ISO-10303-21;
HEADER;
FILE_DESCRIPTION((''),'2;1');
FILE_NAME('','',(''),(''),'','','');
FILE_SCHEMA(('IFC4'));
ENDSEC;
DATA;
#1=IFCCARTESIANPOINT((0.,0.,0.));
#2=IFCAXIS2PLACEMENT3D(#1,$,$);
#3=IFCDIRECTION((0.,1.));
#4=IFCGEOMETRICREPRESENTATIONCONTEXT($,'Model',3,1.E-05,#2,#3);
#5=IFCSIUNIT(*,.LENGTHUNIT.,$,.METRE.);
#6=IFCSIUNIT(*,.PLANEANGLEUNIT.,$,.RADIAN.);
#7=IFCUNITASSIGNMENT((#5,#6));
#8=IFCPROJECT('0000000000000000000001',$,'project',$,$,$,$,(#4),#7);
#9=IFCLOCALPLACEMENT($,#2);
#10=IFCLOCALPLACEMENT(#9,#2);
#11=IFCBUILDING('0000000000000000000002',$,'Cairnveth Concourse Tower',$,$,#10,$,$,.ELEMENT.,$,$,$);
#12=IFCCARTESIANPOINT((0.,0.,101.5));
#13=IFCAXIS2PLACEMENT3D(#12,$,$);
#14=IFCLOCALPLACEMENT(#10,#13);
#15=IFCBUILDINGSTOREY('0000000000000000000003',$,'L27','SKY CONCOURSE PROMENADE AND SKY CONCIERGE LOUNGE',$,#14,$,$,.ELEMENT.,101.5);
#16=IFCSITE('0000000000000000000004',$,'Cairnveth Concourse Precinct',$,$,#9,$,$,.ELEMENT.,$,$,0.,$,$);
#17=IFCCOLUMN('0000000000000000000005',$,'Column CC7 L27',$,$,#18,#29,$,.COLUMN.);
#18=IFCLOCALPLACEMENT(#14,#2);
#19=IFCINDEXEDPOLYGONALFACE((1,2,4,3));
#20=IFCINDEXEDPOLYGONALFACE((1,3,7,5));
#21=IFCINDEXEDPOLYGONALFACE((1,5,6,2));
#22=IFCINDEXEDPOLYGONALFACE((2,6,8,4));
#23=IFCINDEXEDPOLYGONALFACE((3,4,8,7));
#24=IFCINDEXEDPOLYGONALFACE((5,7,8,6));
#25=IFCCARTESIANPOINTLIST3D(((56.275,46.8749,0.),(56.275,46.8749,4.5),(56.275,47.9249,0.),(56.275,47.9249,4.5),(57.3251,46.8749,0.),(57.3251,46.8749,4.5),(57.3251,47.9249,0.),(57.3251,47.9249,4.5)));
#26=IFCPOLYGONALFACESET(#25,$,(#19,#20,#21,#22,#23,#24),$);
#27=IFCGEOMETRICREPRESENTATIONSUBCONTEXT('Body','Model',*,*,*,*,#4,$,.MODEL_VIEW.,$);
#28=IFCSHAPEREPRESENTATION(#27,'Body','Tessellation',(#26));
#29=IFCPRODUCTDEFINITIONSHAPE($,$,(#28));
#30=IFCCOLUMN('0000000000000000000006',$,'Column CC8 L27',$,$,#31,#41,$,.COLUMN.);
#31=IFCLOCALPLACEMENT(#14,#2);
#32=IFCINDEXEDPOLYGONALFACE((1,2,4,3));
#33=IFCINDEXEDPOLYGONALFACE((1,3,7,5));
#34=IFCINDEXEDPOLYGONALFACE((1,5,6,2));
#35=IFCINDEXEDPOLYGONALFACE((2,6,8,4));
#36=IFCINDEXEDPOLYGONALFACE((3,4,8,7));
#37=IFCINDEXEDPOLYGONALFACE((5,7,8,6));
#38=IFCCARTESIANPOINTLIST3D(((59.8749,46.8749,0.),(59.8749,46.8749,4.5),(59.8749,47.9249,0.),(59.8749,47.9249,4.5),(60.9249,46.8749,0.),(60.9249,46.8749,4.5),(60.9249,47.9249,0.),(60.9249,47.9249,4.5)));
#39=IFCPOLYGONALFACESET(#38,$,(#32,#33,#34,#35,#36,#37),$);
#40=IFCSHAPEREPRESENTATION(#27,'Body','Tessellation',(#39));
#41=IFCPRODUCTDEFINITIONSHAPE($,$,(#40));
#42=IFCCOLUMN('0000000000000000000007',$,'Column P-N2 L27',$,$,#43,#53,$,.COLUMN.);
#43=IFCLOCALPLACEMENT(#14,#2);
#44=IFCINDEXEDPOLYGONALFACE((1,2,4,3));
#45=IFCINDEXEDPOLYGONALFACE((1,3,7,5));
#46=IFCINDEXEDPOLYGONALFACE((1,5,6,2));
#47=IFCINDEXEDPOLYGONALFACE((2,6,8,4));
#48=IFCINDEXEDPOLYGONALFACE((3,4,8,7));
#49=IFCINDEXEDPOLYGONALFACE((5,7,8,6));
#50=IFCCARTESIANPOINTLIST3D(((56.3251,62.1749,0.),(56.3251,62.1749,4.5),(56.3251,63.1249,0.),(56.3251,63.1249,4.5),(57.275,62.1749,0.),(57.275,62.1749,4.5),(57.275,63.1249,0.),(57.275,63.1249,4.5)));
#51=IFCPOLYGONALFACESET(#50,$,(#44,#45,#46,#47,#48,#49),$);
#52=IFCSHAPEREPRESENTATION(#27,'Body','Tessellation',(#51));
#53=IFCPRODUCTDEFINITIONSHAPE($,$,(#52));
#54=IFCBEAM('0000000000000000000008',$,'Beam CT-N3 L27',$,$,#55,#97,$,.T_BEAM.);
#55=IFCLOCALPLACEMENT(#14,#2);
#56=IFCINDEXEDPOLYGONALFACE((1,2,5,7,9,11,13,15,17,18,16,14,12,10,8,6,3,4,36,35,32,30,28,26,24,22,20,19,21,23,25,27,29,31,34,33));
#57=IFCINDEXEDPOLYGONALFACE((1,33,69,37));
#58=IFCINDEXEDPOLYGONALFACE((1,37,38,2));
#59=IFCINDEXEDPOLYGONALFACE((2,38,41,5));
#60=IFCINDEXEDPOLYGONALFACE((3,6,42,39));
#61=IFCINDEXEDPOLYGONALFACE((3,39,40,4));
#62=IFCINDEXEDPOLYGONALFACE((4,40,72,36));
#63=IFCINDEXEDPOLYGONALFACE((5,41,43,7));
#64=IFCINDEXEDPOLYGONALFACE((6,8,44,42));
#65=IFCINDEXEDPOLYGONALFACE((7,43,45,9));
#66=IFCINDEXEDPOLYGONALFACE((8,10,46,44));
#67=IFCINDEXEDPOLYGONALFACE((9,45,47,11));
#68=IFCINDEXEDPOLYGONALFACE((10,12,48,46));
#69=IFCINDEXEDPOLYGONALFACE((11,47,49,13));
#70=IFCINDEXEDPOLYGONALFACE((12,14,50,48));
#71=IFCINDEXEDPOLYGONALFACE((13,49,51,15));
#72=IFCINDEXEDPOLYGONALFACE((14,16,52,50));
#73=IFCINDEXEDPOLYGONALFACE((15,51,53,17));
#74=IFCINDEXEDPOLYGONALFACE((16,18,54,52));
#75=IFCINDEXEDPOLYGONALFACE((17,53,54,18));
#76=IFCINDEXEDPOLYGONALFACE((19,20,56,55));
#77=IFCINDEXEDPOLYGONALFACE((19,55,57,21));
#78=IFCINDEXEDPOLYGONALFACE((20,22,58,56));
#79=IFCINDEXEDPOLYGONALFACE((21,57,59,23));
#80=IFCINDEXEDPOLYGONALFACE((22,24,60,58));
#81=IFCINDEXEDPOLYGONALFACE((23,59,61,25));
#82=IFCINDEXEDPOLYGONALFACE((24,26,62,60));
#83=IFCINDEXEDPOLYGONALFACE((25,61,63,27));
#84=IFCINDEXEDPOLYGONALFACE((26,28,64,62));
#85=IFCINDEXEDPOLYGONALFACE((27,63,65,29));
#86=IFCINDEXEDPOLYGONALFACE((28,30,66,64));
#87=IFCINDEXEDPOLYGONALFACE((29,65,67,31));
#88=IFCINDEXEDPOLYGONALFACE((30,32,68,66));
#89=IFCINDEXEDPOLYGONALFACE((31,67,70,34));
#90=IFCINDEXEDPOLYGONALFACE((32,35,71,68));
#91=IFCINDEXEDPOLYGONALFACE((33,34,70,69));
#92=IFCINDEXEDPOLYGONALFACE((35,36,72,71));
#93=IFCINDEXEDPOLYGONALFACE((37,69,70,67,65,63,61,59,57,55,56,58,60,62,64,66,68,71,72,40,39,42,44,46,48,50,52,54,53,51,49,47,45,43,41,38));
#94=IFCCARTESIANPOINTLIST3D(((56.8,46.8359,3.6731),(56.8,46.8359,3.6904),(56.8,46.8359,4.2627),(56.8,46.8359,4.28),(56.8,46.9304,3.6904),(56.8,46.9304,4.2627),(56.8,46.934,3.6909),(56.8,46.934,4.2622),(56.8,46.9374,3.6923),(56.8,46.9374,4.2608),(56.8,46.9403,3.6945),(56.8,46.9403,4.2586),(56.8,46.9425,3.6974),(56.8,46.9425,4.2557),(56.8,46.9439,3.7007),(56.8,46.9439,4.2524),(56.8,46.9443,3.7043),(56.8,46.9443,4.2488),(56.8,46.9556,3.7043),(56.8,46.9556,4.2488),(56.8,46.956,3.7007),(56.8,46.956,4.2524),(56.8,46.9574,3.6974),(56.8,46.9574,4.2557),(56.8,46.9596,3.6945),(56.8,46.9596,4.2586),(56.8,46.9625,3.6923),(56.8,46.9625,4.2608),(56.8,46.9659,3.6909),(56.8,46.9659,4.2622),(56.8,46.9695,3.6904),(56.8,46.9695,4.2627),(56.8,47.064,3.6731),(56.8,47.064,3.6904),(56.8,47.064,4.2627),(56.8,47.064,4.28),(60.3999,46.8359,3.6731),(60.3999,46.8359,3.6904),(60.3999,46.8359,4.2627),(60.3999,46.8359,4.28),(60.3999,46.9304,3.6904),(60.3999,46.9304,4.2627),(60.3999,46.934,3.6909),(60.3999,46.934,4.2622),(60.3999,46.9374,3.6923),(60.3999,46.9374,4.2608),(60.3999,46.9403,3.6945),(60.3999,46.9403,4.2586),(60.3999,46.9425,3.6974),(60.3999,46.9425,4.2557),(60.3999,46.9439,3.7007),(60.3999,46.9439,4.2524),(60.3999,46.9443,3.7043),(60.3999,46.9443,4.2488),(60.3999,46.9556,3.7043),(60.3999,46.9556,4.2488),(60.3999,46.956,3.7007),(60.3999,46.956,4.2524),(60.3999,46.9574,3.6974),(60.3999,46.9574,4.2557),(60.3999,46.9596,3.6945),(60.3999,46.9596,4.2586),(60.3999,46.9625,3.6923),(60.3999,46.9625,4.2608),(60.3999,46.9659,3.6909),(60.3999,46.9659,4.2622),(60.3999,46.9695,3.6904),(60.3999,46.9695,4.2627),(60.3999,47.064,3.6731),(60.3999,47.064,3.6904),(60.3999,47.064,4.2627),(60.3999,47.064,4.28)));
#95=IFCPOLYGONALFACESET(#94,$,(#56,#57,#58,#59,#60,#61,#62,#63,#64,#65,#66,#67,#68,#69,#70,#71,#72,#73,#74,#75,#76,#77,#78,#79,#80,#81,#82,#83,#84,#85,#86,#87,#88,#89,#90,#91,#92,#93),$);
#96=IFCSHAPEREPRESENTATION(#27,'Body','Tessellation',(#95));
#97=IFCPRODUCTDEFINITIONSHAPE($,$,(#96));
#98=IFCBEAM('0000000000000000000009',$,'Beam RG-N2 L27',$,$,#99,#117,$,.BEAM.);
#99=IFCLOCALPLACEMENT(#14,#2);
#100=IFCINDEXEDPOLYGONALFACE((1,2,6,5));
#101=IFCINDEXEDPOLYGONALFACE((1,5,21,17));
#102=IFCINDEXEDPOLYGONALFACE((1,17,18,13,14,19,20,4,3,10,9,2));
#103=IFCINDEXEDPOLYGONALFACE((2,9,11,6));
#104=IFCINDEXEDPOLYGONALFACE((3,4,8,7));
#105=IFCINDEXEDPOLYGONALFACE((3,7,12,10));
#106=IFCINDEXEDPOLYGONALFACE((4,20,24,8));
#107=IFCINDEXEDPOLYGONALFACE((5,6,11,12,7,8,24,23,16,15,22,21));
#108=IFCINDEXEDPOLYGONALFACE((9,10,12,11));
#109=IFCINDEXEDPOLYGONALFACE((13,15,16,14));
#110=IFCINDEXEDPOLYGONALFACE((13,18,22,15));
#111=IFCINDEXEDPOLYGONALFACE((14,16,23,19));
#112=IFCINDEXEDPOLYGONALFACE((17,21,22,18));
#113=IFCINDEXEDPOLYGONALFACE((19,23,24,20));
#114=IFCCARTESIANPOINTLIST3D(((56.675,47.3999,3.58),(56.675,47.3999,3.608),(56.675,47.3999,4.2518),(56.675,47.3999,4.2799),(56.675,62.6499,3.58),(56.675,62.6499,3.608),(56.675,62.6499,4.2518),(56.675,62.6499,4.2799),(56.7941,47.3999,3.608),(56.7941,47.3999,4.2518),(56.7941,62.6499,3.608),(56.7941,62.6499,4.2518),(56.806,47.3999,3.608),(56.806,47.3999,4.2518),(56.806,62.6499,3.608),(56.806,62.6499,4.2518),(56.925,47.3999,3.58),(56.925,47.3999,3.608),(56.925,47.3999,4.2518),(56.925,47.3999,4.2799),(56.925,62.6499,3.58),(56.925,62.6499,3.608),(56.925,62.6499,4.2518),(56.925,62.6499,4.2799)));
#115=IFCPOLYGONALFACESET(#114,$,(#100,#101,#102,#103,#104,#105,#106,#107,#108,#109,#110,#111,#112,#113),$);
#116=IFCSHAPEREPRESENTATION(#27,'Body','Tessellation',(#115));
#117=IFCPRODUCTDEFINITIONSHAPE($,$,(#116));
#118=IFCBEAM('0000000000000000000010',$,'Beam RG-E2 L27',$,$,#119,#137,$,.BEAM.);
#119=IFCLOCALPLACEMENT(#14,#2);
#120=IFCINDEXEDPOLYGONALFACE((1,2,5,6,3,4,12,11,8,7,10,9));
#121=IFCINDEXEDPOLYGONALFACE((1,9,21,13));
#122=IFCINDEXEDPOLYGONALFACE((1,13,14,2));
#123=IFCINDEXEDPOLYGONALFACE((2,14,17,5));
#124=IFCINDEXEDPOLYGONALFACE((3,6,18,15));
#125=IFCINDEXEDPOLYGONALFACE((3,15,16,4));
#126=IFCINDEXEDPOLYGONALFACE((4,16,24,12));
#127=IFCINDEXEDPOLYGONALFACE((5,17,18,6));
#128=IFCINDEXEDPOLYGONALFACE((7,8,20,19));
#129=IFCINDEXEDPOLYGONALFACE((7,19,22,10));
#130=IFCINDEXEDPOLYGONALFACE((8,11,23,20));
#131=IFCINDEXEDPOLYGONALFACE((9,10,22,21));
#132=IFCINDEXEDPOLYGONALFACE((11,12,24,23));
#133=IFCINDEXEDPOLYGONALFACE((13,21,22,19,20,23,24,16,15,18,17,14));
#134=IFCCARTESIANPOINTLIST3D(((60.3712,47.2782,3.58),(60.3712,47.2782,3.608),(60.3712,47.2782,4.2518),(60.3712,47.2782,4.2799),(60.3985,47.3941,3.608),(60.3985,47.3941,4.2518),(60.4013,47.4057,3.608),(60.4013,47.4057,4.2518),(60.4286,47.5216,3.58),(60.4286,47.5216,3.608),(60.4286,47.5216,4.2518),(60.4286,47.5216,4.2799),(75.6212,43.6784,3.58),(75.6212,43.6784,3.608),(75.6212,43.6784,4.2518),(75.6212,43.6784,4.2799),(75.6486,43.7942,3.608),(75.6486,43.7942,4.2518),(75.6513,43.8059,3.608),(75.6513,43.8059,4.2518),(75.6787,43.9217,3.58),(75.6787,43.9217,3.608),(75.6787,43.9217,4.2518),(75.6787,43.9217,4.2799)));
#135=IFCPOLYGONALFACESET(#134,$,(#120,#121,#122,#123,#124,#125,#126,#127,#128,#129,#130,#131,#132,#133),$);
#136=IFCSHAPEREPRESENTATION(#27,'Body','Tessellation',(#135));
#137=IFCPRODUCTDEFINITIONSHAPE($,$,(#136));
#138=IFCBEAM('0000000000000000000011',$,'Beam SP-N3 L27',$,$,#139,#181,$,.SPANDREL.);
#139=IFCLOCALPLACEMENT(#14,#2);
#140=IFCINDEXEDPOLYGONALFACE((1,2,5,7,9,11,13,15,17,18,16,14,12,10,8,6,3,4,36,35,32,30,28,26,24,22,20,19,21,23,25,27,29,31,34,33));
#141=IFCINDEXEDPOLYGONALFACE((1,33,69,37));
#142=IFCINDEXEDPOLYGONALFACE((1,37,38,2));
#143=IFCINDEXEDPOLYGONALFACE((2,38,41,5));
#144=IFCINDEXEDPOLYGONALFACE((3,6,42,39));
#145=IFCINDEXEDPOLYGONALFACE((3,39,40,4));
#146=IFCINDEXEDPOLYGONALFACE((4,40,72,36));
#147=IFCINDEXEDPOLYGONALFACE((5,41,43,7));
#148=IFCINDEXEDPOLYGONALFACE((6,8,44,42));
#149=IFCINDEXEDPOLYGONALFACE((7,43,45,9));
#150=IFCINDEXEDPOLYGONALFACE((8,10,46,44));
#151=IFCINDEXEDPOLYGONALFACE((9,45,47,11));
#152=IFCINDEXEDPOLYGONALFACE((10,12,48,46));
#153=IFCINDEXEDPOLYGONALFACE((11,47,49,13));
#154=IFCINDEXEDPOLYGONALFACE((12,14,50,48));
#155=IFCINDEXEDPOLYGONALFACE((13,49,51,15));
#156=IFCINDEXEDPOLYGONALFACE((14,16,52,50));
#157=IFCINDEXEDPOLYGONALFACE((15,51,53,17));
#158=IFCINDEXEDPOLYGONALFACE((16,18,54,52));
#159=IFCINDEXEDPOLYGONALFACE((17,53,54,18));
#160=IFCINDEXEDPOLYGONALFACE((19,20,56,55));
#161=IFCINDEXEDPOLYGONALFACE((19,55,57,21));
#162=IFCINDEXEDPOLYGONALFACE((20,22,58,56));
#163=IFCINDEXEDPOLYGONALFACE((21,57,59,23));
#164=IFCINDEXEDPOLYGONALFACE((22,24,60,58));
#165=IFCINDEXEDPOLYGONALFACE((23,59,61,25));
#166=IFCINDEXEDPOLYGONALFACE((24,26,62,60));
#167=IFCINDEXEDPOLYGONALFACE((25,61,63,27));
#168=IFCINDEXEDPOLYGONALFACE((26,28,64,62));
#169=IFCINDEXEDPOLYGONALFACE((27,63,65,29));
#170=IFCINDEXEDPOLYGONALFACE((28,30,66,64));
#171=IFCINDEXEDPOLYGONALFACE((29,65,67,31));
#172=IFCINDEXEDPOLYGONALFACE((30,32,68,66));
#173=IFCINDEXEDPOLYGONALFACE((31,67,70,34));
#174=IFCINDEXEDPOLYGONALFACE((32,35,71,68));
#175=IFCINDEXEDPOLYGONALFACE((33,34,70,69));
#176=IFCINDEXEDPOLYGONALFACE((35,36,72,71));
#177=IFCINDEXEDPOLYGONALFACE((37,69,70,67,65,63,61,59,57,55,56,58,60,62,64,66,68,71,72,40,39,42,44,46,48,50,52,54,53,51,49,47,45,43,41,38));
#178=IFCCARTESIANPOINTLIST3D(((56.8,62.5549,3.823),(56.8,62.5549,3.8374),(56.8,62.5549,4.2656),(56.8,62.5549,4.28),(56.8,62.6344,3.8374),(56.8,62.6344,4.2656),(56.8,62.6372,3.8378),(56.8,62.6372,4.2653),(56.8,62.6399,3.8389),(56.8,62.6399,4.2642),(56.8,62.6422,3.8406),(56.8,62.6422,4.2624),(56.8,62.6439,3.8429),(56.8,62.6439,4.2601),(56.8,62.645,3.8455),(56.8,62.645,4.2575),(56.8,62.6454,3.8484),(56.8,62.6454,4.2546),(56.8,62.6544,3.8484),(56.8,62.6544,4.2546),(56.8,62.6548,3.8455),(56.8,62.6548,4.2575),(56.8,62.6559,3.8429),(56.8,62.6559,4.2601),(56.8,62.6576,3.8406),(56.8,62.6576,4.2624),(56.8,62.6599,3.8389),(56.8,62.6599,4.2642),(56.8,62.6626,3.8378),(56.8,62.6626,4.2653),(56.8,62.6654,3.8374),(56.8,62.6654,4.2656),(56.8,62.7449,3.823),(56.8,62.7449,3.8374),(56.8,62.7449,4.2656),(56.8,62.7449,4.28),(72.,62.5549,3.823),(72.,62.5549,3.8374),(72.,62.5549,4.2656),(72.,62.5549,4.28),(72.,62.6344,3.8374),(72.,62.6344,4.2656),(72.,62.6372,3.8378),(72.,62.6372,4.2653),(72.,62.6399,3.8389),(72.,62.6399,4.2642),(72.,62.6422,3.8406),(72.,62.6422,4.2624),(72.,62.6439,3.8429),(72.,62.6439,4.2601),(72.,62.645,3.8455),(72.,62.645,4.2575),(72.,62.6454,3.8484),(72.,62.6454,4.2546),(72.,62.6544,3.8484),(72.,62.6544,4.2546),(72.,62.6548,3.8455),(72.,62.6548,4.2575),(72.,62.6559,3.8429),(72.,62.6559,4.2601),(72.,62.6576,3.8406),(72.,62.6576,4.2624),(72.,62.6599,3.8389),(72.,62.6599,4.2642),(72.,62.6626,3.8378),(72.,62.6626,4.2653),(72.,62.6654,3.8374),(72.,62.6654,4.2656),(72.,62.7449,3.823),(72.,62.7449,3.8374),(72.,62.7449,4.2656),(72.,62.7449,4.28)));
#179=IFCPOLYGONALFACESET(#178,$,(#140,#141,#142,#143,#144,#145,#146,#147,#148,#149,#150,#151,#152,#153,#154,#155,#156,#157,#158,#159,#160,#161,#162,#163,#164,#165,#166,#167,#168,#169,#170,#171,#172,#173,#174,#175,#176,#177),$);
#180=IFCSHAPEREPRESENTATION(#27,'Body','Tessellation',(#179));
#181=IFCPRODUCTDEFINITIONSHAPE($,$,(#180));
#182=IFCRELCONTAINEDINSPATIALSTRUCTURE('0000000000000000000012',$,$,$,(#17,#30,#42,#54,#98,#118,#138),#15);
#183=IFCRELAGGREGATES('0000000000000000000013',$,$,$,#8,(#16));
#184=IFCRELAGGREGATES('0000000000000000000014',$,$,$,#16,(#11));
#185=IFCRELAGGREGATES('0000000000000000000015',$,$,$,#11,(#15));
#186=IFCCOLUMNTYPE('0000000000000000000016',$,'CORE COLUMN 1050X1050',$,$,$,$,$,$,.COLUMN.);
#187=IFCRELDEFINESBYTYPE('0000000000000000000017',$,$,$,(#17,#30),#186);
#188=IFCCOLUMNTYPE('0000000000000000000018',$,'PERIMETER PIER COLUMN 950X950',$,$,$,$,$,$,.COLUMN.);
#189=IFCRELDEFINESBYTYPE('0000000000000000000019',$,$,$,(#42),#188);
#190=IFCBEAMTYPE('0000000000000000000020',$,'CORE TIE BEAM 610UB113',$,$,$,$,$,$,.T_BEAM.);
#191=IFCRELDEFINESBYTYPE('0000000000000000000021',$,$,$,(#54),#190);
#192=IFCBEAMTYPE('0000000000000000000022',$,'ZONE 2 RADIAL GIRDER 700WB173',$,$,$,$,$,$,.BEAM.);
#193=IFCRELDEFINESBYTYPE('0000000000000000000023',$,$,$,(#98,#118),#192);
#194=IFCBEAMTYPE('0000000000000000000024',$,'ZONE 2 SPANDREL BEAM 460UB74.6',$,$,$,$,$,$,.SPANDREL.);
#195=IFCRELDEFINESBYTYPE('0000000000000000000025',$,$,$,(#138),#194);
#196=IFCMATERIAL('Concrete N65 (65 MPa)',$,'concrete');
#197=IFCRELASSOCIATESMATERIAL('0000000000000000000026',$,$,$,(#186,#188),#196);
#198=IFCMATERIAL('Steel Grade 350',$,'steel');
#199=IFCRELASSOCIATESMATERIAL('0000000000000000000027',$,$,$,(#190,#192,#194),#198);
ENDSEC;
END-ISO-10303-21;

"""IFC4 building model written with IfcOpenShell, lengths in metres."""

from ifc_helpers import new_model, si_unit, direction, frame, origin, origin_2d, place, context, subcontext, project, spatial, rectangle, i_section, extrude, material, material_profile, profile_set, type_object, element, save


model = new_model("IFC4")

# Units and contexts
model_context = context("Model", 3, precision=1e-05, world=origin(), true_north=direction((0.0, 1.0)))
body_context = subcontext(model_context, "Body", "Model", "MODEL_VIEW")
ifc_project = project(units=[si_unit("LENGTHUNIT", "METRE"), si_unit("PLANEANGLEUNIT", "RADIAN")], contexts=[model_context])

# Site, building, storey
site_placement = place(None, origin())
site = spatial("IfcSite", under=ifc_project, at=site_placement, Name="Cairnveth Concourse Precinct", CompositionType="ELEMENT", RefElevation=0.0)
building_placement = place(site_placement, origin())
building = spatial("IfcBuilding", under=site, at=building_placement, Name="Cairnveth Concourse Tower", CompositionType="ELEMENT")
storey_placement = place(building_placement, frame((0.0, 0.0, 101.5)))
storey = spatial("IfcBuildingStorey", under=building, at=storey_placement, Name="L27", Description="SKY CONCOURSE PROMENADE AND SKY CONCIERGE LOUNGE", CompositionType="ELEMENT", Elevation=101.5)

# Columns
ifc_material_1 = material(Name="Concrete N65 (65 MPa)", Category="concrete")
ifc_material_profile_1 = material_profile(ifc_material_1, rectangle(XDim=1.05, YDim=1.05, at=origin_2d()), Name="RC-COL-1050x1050")
ifc_profile_set_1 = profile_set([ifc_material_profile_1], Name="Concrete N65 (65 MPa)")
column_type_1 = type_object("IfcColumnType", Name="CORE COLUMN 1050X1050", PredefinedType="COLUMN", material=ifc_profile_set_1)
for number, where, z_axis, x_axis, name in (
    (1, (56.8, 47.3999, 0.0), (0.0, 0.0, 1.0), (1.0, 0.0, 0.0), "Column CC7 L27"),
    (2, (60.3999, 47.3999, 0.0), (0.0, 0.0, 1.0), (1.0, 0.0, 0.0), "Column CC8 L27"),
):
    element("IfcColumn", number, at=place(storey_placement, frame(where, z_axis=z_axis, x_axis=x_axis)), inside=storey, type_object=column_type_1, Name=name, PredefinedType="COLUMN", context=body_context, shape_type="SweptSolid", body=[
        extrude(rectangle(XDim=1.05, YDim=1.05, at=origin_2d()), origin(), (0.0, 0.0, 1.0), 4.5),
    ])
ifc_material_profile_2 = material_profile(ifc_material_1, rectangle(XDim=0.95, YDim=0.95, at=origin_2d()), Name="RC-COL-950x950")
ifc_profile_set_2 = profile_set([ifc_material_profile_2], Name="Concrete N65 (65 MPa)")
column_type_2 = type_object("IfcColumnType", Name="PERIMETER PIER COLUMN 950X950", PredefinedType="COLUMN", material=ifc_profile_set_2)
column_placement = place(storey_placement, frame((56.8, 62.6499, 0.0), z_axis=(0.0, 0.0, 1.0), x_axis=(1.0, 0.0, 0.0)))
element("IfcColumn", 3, at=column_placement, inside=storey, type_object=column_type_2, Name="Column P-N2 L27", PredefinedType="COLUMN", context=body_context, shape_type="SweptSolid", body=[
    extrude(rectangle(XDim=0.95, YDim=0.95, at=origin_2d()), origin(), (0.0, 0.0, 1.0), 4.5),
])

# Beams
ifc_material_2 = material(Name="Steel Grade 350", Category="steel")
ifc_material_profile_3 = material_profile(ifc_material_2, i_section(OverallWidth=0.228, OverallDepth=0.6069, WebThickness=0.0112, FlangeThickness=0.0173, FilletRadius=0.0139, at=origin_2d()), Name="610UB113")
ifc_profile_set_3 = profile_set([ifc_material_profile_3], Name="Steel Grade 350")
beam_type_1 = type_object("IfcBeamType", Name="CORE TIE BEAM 610UB113", PredefinedType="T_BEAM", material=ifc_profile_set_3)
beam_1_placement = place(storey_placement, frame((56.8, 46.95, 3.9766), z_axis=(1.0, 0.0, 0.0), x_axis=(0.0, 1.0, 0.0)))
element("IfcBeam", 4, at=beam_1_placement, inside=storey, type_object=beam_type_1, Name="Beam CT-N3 L27", PredefinedType="T_BEAM", context=body_context, shape_type="SweptSolid", body=[
    extrude(i_section(OverallWidth=0.228, OverallDepth=0.6069, WebThickness=0.0112, FlangeThickness=0.0173, FilletRadius=0.0139, at=origin_2d()), origin(), (0.0, 0.0, 1.0), 3.5999),
])
ifc_material_profile_4 = material_profile(ifc_material_2, i_section(OverallWidth=0.25, OverallDepth=0.7, WebThickness=0.012, FlangeThickness=0.0281, at=origin_2d()), Name="700WB173")
ifc_profile_set_4 = profile_set([ifc_material_profile_4], Name="Steel Grade 350")
beam_type_2 = type_object("IfcBeamType", Name="ZONE 2 RADIAL GIRDER 700WB173", PredefinedType="BEAM", material=ifc_profile_set_4)
beam_2_placement = place(storey_placement, frame((56.8, 47.3999, 3.9299), z_axis=(0.0, 1.0, 0.0), x_axis=(-1.0, 0.0, 0.0)))
element("IfcBeam", 5, at=beam_2_placement, inside=storey, type_object=beam_type_2, Name="Beam RG-N2 L27", PredefinedType="BEAM", context=body_context, shape_type="SweptSolid", body=[
    extrude(i_section(OverallWidth=0.25, OverallDepth=0.7, WebThickness=0.012, FlangeThickness=0.0281, at=origin_2d()), origin(), (0.0, 0.0, 1.0), 15.25),
])
beam_3_placement = place(storey_placement, frame((60.3999, 47.3999, 3.9299), z_axis=(0.973252, -0.229742, 0.0), x_axis=(0.229742, 0.973252, 0.0)))
element("IfcBeam", 6, at=beam_3_placement, inside=storey, type_object=beam_type_2, Name="Beam RG-E2 L27", PredefinedType="BEAM", context=body_context, shape_type="SweptSolid", body=[
    extrude(i_section(OverallWidth=0.25, OverallDepth=0.7, WebThickness=0.012, FlangeThickness=0.0281, at=origin_2d()), origin(), (0.0, 0.0, 1.0), 15.6692),
])
ifc_material_profile_5 = material_profile(ifc_material_2, i_section(OverallWidth=0.1899, OverallDepth=0.457, WebThickness=0.009, FlangeThickness=0.0144, FilletRadius=0.011, at=origin_2d()), Name="460UB74.6")
ifc_profile_set_5 = profile_set([ifc_material_profile_5], Name="Steel Grade 350")
beam_type_3 = type_object("IfcBeamType", Name="ZONE 2 SPANDREL BEAM 460UB74.6", PredefinedType="SPANDREL", material=ifc_profile_set_5)
beam_4_placement = place(storey_placement, frame((56.8, 62.6499, 4.0515), z_axis=(1.0, 0.0, 0.0), x_axis=(0.0, 1.0, 0.0)))
element("IfcBeam", 7, at=beam_4_placement, inside=storey, type_object=beam_type_3, Name="Beam SP-N3 L27", PredefinedType="SPANDREL", context=body_context, shape_type="SweptSolid", body=[
    extrude(i_section(OverallWidth=0.1899, OverallDepth=0.457, WebThickness=0.009, FlangeThickness=0.0144, FilletRadius=0.011, at=origin_2d()), origin(), (0.0, 0.0, 1.0), 15.2),
])

save(model, "model.ifc")
